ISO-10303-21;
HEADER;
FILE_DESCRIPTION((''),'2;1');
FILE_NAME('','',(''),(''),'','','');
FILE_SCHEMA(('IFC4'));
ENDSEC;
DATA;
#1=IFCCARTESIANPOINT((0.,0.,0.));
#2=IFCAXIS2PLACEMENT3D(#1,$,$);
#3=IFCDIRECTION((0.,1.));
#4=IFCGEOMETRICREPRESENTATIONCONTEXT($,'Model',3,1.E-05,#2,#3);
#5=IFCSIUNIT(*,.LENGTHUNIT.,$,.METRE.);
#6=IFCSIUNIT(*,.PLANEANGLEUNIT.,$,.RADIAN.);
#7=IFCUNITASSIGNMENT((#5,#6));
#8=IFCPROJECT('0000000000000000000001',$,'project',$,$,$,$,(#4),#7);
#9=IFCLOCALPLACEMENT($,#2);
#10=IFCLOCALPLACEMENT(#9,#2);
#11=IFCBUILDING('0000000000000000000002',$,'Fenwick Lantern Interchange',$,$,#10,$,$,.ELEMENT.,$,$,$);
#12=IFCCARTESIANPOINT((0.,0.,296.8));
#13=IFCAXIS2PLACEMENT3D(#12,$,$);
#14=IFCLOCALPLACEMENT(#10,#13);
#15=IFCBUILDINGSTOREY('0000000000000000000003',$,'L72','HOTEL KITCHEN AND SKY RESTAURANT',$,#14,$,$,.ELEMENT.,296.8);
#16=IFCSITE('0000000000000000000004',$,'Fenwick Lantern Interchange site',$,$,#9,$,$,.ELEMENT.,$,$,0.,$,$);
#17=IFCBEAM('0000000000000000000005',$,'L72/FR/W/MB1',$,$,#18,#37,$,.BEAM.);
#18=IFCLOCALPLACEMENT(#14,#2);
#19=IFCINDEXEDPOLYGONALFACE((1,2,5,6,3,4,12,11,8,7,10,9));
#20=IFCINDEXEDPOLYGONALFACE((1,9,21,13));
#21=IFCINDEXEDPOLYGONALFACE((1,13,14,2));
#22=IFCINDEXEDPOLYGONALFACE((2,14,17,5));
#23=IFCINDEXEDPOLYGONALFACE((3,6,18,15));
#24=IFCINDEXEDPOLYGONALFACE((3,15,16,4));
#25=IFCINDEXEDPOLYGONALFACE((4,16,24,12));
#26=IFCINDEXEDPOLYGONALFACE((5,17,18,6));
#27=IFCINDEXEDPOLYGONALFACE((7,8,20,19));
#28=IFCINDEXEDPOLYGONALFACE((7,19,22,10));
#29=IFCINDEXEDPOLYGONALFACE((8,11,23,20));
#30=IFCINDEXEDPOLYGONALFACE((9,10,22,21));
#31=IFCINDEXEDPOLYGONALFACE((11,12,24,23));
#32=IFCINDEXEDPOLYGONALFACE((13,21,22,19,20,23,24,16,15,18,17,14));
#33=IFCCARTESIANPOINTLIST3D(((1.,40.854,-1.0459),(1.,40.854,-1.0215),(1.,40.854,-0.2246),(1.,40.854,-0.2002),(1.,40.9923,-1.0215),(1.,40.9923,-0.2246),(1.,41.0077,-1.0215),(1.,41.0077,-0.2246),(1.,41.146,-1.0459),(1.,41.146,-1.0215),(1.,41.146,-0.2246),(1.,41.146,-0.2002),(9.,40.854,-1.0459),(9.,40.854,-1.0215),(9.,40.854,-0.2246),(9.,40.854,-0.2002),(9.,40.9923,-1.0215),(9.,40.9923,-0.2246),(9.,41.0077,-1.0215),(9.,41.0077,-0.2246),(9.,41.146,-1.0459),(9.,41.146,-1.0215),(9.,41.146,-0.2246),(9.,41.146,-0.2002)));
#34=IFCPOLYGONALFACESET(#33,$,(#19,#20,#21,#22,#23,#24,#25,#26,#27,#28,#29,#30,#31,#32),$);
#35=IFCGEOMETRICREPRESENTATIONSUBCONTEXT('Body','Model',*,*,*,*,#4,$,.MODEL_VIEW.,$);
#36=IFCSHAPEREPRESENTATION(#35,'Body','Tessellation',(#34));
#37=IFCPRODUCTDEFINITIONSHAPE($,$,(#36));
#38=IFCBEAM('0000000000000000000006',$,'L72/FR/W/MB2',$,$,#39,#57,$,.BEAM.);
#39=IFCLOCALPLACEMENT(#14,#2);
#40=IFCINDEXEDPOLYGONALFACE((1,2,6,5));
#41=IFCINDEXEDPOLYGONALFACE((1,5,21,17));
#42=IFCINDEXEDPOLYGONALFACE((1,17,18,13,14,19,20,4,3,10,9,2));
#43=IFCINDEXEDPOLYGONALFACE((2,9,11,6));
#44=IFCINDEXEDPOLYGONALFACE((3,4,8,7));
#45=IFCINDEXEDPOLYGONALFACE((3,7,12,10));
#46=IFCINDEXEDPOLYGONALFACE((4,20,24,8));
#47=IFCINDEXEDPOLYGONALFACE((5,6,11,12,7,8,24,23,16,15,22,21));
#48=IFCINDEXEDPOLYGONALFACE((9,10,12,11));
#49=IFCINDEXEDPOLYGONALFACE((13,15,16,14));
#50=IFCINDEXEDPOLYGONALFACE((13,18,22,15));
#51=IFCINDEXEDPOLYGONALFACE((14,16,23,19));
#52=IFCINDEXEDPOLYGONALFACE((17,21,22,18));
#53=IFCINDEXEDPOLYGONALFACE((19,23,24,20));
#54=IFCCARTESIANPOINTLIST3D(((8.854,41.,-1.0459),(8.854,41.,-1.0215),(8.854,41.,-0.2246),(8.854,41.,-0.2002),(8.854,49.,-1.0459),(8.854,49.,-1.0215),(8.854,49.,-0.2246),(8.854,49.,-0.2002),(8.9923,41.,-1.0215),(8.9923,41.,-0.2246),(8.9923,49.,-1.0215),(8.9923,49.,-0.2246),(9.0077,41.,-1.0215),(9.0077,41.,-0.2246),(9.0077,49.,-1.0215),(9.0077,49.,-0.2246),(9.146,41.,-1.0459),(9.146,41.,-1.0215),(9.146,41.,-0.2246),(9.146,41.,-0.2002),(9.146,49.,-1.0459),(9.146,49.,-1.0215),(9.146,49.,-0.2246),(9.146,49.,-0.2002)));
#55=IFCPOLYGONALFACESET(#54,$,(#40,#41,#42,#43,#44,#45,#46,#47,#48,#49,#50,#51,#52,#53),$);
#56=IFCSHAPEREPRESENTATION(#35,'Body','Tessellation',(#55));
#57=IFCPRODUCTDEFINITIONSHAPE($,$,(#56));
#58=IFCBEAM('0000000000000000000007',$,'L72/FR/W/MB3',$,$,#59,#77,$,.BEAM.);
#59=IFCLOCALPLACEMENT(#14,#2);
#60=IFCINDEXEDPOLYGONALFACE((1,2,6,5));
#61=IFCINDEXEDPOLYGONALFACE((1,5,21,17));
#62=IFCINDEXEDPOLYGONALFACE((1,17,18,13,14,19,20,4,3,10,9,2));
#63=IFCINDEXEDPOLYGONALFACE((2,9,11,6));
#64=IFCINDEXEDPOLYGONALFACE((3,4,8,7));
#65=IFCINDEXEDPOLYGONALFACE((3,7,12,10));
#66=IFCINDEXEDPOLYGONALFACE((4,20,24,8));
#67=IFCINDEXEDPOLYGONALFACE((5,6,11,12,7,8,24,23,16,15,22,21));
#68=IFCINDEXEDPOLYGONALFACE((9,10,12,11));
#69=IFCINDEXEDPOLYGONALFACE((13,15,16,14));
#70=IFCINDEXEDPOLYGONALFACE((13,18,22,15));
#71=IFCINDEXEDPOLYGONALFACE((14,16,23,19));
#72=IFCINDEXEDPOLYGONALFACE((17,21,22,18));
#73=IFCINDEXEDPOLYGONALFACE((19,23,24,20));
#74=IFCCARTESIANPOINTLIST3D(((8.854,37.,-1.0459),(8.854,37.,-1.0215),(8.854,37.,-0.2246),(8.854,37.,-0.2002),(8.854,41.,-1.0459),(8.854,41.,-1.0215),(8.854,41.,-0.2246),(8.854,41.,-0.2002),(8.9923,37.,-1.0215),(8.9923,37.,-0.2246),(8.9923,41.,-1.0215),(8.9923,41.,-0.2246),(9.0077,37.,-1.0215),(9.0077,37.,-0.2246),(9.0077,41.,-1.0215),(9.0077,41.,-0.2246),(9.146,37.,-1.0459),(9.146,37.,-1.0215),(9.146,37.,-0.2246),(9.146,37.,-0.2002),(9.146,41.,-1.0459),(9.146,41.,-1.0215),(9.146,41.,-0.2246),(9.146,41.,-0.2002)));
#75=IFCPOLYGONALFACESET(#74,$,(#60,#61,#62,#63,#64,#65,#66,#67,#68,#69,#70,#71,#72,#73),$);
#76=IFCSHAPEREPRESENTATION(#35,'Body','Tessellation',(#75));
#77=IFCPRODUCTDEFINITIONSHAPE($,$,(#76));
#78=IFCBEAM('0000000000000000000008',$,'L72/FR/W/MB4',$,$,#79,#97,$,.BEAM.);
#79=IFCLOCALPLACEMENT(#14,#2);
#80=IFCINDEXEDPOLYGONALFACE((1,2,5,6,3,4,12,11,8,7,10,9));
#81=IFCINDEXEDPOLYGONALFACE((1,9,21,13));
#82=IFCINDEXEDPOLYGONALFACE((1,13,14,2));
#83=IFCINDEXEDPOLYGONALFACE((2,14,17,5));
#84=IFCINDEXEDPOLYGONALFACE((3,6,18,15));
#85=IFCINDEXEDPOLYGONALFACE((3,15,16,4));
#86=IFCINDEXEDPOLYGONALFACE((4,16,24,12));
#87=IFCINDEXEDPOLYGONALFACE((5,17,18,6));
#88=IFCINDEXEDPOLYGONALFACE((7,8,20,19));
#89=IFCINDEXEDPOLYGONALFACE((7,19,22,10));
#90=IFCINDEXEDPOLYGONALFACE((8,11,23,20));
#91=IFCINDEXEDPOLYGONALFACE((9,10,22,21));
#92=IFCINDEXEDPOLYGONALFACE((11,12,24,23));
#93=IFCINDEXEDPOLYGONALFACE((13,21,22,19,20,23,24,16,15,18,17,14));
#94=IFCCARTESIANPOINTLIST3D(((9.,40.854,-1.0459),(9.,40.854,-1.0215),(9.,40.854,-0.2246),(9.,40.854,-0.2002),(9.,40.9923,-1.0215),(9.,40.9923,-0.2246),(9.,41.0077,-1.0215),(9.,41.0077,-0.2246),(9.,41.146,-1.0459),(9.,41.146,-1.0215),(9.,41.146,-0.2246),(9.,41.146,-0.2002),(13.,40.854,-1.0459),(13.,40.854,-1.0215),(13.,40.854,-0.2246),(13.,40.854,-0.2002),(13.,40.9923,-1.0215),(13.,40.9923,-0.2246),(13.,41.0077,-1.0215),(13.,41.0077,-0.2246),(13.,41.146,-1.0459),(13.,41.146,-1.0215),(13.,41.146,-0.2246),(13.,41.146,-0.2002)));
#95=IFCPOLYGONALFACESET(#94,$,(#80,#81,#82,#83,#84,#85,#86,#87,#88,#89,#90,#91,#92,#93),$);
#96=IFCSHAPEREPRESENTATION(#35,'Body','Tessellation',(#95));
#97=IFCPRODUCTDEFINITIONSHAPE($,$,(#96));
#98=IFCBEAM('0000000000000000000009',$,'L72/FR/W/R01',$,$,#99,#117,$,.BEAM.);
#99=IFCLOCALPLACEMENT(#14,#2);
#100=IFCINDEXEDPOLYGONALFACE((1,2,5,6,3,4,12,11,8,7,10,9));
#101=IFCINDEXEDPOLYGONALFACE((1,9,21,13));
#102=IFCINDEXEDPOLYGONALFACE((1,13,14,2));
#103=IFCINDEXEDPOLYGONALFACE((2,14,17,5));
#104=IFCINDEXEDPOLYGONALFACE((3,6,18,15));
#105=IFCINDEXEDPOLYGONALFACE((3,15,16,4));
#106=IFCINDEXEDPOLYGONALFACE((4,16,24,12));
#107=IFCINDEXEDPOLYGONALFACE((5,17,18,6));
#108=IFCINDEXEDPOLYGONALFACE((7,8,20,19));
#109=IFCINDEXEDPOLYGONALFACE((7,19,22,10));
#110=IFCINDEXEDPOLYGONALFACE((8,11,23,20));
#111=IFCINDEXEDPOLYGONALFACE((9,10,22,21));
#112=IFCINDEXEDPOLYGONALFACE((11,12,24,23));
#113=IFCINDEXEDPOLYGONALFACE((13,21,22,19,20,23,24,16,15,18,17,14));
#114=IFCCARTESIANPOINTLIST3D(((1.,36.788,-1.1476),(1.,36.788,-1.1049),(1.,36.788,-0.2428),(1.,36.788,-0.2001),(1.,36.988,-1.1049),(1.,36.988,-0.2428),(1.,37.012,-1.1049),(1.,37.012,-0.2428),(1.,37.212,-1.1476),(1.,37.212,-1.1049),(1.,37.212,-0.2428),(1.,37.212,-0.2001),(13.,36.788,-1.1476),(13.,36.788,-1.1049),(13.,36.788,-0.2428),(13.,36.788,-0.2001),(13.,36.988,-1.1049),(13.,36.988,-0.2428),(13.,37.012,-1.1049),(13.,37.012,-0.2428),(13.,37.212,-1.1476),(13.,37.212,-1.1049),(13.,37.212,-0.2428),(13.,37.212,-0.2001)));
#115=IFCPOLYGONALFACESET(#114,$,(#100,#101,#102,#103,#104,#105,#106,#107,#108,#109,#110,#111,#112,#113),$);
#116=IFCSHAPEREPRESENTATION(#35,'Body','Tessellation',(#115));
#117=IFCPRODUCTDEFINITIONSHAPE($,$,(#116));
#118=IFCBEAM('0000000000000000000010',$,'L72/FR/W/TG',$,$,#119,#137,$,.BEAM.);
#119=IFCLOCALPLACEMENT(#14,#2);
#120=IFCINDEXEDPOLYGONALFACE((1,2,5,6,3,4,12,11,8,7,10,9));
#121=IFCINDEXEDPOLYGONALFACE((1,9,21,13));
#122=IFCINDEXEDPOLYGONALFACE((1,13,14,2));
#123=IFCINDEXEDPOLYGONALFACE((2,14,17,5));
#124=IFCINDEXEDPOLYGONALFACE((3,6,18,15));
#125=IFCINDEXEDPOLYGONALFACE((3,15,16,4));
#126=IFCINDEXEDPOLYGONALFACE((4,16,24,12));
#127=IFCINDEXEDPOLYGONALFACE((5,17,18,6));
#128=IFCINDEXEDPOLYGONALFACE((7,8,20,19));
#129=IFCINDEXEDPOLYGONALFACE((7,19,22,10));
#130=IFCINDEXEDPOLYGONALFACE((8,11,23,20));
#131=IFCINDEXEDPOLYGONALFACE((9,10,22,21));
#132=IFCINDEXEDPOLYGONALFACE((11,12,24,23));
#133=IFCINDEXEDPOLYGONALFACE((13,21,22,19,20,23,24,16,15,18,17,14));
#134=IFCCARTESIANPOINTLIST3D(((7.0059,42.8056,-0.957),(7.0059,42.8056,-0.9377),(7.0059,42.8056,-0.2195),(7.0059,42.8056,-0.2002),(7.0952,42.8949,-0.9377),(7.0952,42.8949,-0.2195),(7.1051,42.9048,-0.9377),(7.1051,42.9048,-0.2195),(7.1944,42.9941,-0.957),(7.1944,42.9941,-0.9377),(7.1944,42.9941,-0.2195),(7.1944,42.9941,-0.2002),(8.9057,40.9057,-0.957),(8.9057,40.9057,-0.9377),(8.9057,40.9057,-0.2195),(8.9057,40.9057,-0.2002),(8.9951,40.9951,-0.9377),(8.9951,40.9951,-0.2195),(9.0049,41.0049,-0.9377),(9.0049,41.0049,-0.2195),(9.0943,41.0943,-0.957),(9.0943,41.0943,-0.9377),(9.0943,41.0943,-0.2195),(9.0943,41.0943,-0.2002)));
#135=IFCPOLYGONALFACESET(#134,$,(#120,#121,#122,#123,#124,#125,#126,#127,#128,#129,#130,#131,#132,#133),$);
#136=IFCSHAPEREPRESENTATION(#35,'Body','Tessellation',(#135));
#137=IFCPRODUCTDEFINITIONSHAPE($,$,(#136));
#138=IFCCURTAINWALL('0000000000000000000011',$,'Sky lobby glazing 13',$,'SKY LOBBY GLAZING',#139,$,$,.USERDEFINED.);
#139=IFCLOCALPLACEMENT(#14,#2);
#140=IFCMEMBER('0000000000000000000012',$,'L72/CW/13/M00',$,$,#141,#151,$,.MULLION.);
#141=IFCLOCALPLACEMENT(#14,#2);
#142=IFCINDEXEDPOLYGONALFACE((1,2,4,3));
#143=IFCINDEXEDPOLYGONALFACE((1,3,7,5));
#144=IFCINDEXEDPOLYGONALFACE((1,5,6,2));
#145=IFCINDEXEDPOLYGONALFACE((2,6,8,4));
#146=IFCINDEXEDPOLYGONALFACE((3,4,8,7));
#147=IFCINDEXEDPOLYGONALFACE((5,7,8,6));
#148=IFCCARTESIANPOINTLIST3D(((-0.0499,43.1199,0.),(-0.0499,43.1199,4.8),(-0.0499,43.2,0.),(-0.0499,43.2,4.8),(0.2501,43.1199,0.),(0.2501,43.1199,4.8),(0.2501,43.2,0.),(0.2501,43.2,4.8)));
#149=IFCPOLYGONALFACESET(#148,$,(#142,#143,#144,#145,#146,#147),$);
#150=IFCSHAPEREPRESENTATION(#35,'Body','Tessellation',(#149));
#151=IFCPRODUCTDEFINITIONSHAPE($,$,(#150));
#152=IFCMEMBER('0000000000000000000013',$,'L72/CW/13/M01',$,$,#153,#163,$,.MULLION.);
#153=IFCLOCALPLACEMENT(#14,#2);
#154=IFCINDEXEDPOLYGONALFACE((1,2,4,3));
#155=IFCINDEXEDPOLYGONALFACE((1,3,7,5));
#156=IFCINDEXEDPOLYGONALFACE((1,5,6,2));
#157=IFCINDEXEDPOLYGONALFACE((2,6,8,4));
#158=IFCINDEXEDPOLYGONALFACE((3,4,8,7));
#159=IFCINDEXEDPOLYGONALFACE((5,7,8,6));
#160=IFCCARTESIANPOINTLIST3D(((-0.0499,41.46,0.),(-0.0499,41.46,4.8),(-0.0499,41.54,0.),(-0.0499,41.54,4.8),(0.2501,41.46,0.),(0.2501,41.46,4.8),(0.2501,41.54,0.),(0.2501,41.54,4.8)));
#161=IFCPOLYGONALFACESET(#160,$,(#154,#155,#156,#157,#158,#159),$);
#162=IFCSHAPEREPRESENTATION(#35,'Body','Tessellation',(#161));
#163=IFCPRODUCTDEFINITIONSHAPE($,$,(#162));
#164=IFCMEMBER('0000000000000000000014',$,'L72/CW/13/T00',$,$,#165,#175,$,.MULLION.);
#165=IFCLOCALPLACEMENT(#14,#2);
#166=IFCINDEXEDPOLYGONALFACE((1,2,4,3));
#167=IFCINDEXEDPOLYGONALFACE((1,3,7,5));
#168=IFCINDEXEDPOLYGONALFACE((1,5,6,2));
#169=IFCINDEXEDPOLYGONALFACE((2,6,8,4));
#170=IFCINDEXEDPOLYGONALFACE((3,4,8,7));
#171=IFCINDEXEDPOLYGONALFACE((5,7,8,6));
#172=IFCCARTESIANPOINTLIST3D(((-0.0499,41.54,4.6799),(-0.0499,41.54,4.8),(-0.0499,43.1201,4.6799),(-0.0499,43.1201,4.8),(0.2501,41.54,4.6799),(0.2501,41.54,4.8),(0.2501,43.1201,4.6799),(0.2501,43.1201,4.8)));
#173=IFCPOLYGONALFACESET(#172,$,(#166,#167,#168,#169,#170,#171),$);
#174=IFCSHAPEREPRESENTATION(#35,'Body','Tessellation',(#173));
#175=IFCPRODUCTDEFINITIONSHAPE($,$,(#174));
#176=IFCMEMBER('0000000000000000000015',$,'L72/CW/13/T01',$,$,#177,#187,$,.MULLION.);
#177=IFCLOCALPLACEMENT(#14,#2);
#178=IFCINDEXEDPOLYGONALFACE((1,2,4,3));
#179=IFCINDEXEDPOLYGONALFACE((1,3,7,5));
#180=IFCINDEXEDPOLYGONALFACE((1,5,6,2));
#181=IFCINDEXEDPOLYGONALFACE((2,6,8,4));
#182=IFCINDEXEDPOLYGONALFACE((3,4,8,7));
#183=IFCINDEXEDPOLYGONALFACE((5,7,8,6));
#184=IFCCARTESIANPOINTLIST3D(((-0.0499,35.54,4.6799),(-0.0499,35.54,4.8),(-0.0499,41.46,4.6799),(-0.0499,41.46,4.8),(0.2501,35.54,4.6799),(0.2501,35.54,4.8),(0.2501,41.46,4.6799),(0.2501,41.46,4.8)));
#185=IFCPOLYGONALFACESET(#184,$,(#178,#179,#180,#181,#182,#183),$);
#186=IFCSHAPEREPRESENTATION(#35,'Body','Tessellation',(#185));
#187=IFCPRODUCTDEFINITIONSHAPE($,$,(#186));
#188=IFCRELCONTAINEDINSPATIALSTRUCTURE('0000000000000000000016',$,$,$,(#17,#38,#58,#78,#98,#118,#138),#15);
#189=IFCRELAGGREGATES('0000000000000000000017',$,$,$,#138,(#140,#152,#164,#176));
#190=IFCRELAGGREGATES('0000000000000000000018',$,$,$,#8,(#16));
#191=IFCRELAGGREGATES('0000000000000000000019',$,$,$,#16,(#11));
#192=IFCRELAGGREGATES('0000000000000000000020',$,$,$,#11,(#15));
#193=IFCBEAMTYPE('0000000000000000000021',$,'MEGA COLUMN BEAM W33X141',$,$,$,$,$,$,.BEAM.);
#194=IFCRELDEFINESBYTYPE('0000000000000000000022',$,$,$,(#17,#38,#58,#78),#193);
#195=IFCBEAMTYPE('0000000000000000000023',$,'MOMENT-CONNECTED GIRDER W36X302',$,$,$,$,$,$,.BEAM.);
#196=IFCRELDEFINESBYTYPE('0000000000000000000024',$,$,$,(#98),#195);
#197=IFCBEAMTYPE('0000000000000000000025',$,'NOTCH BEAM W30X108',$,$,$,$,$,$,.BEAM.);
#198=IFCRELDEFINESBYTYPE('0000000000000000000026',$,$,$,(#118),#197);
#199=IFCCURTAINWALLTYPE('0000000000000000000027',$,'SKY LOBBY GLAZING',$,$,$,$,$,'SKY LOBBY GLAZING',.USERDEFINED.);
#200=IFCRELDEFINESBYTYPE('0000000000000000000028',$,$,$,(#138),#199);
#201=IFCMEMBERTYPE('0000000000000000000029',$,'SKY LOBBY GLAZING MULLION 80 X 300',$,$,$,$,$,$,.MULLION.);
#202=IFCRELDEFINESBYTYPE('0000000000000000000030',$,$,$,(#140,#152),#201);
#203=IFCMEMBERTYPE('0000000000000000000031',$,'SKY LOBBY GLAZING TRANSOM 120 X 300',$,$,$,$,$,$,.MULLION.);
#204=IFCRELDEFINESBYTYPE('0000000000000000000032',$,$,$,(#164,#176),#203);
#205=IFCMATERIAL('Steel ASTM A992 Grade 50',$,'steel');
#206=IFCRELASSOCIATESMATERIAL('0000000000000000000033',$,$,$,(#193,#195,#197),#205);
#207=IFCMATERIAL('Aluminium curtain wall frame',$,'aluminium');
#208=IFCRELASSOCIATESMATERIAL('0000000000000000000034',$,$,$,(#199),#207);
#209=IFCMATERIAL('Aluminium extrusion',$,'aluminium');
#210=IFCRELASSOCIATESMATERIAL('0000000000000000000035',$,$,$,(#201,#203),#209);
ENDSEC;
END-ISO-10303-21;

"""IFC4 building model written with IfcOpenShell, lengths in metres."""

from ifc_helpers import new_model, si_unit, direction, frame, origin, origin_2d, place, context, subcontext, project, spatial, rectangle, i_section, extrude, material, material_profile, profile_set, type_object, element, aggregate, save


model = new_model("IFC4")

# Units and contexts
model_context = context("Model", 3, precision=1e-05, world=origin(), true_north=direction((0.0, 1.0)))
body_context = subcontext(model_context, "Body", "Model", "MODEL_VIEW")
ifc_project = project(units=[si_unit("LENGTHUNIT", "METRE"), si_unit("PLANEANGLEUNIT", "RADIAN")], contexts=[model_context])

# Site, building, storey
site_placement = place(None, origin())
site = spatial("IfcSite", under=ifc_project, at=site_placement, Name="Fenwick Lantern Interchange site", CompositionType="ELEMENT", RefElevation=0.0)
building_placement = place(site_placement, origin())
building = spatial("IfcBuilding", under=site, at=building_placement, Name="Fenwick Lantern Interchange", CompositionType="ELEMENT")
storey_placement = place(building_placement, frame((0.0, 0.0, 296.8)))
storey = spatial("IfcBuildingStorey", under=building, at=storey_placement, Name="L72", Description="HOTEL KITCHEN AND SKY RESTAURANT", CompositionType="ELEMENT", Elevation=296.8)

# Shared definitions
ifc_material_1 = material(Name="Steel ASTM A992 Grade 50", Category="steel")

# Beams
ifc_material_profile_1 = material_profile(ifc_material_1, i_section(OverallWidth=0.292, OverallDepth=0.8457, WebThickness=0.0154, FlangeThickness=0.0244, at=origin_2d()), Name="W33X141")
ifc_profile_set_1 = profile_set([ifc_material_profile_1], Name="Steel ASTM A992 Grade 50")
beam_type_1 = type_object("IfcBeamType", Name="MEGA COLUMN BEAM W33X141", PredefinedType="BEAM", material=ifc_profile_set_1)
for number, where, z_axis, x_axis, name in (
    (1, (9.0, 41.0, -0.623), (-1.0, 0.0, 0.0), (0.0, -1.0, 0.0), "L72/FR/W/MB1"),
    (2, (9.0, 41.0, -0.623), (0.0, 1.0, 0.0), (-1.0, 0.0, 0.0), "L72/FR/W/MB2"),
):
    element("IfcBeam", number, at=place(storey_placement, frame(where, z_axis=z_axis, x_axis=x_axis)), inside=storey, type_object=beam_type_1, Name=name, PredefinedType="BEAM", context=body_context, shape_type="SweptSolid", body=[
        extrude(i_section(OverallWidth=0.292, OverallDepth=0.8457, WebThickness=0.0154, FlangeThickness=0.0244, at=origin_2d()), origin(), (0.0, 0.0, 1.0), 8.0),
    ])
for number, where, z_axis, x_axis, name in (
    (3, (9.0, 41.0, -0.623), (0.0, -1.0, 0.0), (1.0, 0.0, 0.0), "L72/FR/W/MB3"),
    (4, (9.0, 41.0, -0.623), (1.0, 0.0, 0.0), (0.0, 1.0, 0.0), "L72/FR/W/MB4"),
):
    element("IfcBeam", number, at=place(storey_placement, frame(where, z_axis=z_axis, x_axis=x_axis)), inside=storey, type_object=beam_type_1, Name=name, PredefinedType="BEAM", context=body_context, shape_type="SweptSolid", body=[
        extrude(i_section(OverallWidth=0.292, OverallDepth=0.8457, WebThickness=0.0154, FlangeThickness=0.0244, at=origin_2d()), origin(), (0.0, 0.0, 1.0), 4.0),
    ])
ifc_material_profile_2 = material_profile(ifc_material_1, i_section(OverallWidth=0.4241, OverallDepth=0.9475, WebThickness=0.0239, FlangeThickness=0.0427, at=origin_2d()), Name="W36X302")
ifc_profile_set_2 = profile_set([ifc_material_profile_2], Name="Steel ASTM A992 Grade 50")
beam_type_2 = type_object("IfcBeamType", Name="MOMENT-CONNECTED GIRDER W36X302", PredefinedType="BEAM", material=ifc_profile_set_2)
beam_1_placement = place(storey_placement, frame((1.0, 37.0, -0.6738), z_axis=(1.0, 0.0, 0.0), x_axis=(0.0, 1.0, 0.0)))
element("IfcBeam", 5, at=beam_1_placement, inside=storey, type_object=beam_type_2, Name="L72/FR/W/R01", PredefinedType="BEAM", context=body_context, shape_type="SweptSolid", body=[
    extrude(i_section(OverallWidth=0.4241, OverallDepth=0.9475, WebThickness=0.0239, FlangeThickness=0.0427, at=origin_2d()), origin(), (0.0, 0.0, 1.0), 12.0),
])
ifc_material_profile_3 = material_profile(ifc_material_1, i_section(OverallWidth=0.2666, OverallDepth=0.7568, WebThickness=0.0139, FlangeThickness=0.0193, at=origin_2d()), Name="W30X108")
ifc_profile_set_3 = profile_set([ifc_material_profile_3], Name="Steel ASTM A992 Grade 50")
beam_type_3 = type_object("IfcBeamType", Name="NOTCH BEAM W30X108", PredefinedType="BEAM", material=ifc_profile_set_3)
beam_2_placement = place(storey_placement, frame((9.0, 41.0, -0.5786), z_axis=(-0.707107, 0.707107, 0.0), x_axis=(-0.707107, -0.707107, 0.0)))
element("IfcBeam", 6, at=beam_2_placement, inside=storey, type_object=beam_type_3, Name="L72/FR/W/TG", PredefinedType="BEAM", context=body_context, shape_type="SweptSolid", body=[
    extrude(i_section(OverallWidth=0.2666, OverallDepth=0.7568, WebThickness=0.0139, FlangeThickness=0.0193, at=origin_2d()), origin(), (0.0, 0.0, 1.0), 2.6868),
])

# Curtain wall, members
ifc_material_2 = material(Name="Aluminium curtain wall frame", Category="aluminium")
curtain_wall_type = type_object("IfcCurtainWallType", Name="SKY LOBBY GLAZING", ElementType="SKY LOBBY GLAZING", PredefinedType="USERDEFINED", material=ifc_material_2)
curtain_wall_placement = place(storey_placement, origin())
curtain_wall = element("IfcCurtainWall", 7, at=curtain_wall_placement, inside=storey, type_object=curtain_wall_type, Name="Sky lobby glazing 13", ObjectType="SKY LOBBY GLAZING", PredefinedType="USERDEFINED")
ifc_material_3 = material(Name="Aluminium extrusion", Category="aluminium")
ifc_material_profile_4 = material_profile(ifc_material_3, rectangle(XDim=0.3, YDim=0.0801, at=origin_2d()), Name="SKY LOBBY GLAZING MULLION 80 X 300")
ifc_profile_set_4 = profile_set([ifc_material_profile_4], Name="Aluminium extrusion")
member_type_1 = type_object("IfcMemberType", Name="SKY LOBBY GLAZING MULLION 80 X 300", PredefinedType="MULLION", material=ifc_profile_set_4)
member_1_placement = place(storey_placement, frame((0.1001, 43.1599, 0.0), z_axis=(0.0, 0.0, 1.0), x_axis=(1.0, 0.0, 0.0)))
member_1 = element("IfcMember", 8, at=member_1_placement, type_object=member_type_1, Name="L72/CW/13/M00", PredefinedType="MULLION", context=body_context, shape_type="SweptSolid", body=[
    extrude(rectangle(XDim=0.3, YDim=0.0801, at=origin_2d()), origin(), (0.0, 0.0, 1.0), 4.8),
])
member_2_placement = place(storey_placement, frame((0.1001, 41.5, 0.0), z_axis=(0.0, 0.0, 1.0), x_axis=(1.0, 0.0, 0.0)))
member_2 = element("IfcMember", 9, at=member_2_placement, type_object=member_type_1, Name="L72/CW/13/M01", PredefinedType="MULLION", context=body_context, shape_type="SweptSolid", body=[
    extrude(rectangle(XDim=0.3, YDim=0.0801, at=origin_2d()), origin(), (0.0, 0.0, 1.0), 4.8),
])
ifc_material_profile_5 = material_profile(ifc_material_3, rectangle(XDim=0.3, YDim=0.1201, at=origin_2d()), Name="SKY LOBBY GLAZING TRANSOM 120 X 300")
ifc_profile_set_5 = profile_set([ifc_material_profile_5], Name="Aluminium extrusion")
member_type_2 = type_object("IfcMemberType", Name="SKY LOBBY GLAZING TRANSOM 120 X 300", PredefinedType="MULLION", material=ifc_profile_set_5)
member_3_placement = place(storey_placement, frame((0.1001, 43.1201, 4.74), z_axis=(0.0, -1.0, 0.0), x_axis=(1.0, 0.0, 0.0)))
member_3 = element("IfcMember", 10, at=member_3_placement, type_object=member_type_2, Name="L72/CW/13/T00", PredefinedType="MULLION", context=body_context, shape_type="SweptSolid", body=[
    extrude(rectangle(XDim=0.3, YDim=0.1201, at=origin_2d()), origin(), (0.0, 0.0, 1.0), 1.5801),
])
member_4_placement = place(storey_placement, frame((0.1001, 41.46, 4.74), z_axis=(0.0, -1.0, 0.0), x_axis=(1.0, 0.0, 0.0)))
member_4 = element("IfcMember", 11, at=member_4_placement, type_object=member_type_2, Name="L72/CW/13/T01", PredefinedType="MULLION", context=body_context, shape_type="SweptSolid", body=[
    extrude(rectangle(XDim=0.3, YDim=0.1201, at=origin_2d()), origin(), (0.0, 0.0, 1.0), 5.9199),
])
aggregate(curtain_wall, [member_1, member_2, member_3, member_4])

save(model, "model.ifc")
